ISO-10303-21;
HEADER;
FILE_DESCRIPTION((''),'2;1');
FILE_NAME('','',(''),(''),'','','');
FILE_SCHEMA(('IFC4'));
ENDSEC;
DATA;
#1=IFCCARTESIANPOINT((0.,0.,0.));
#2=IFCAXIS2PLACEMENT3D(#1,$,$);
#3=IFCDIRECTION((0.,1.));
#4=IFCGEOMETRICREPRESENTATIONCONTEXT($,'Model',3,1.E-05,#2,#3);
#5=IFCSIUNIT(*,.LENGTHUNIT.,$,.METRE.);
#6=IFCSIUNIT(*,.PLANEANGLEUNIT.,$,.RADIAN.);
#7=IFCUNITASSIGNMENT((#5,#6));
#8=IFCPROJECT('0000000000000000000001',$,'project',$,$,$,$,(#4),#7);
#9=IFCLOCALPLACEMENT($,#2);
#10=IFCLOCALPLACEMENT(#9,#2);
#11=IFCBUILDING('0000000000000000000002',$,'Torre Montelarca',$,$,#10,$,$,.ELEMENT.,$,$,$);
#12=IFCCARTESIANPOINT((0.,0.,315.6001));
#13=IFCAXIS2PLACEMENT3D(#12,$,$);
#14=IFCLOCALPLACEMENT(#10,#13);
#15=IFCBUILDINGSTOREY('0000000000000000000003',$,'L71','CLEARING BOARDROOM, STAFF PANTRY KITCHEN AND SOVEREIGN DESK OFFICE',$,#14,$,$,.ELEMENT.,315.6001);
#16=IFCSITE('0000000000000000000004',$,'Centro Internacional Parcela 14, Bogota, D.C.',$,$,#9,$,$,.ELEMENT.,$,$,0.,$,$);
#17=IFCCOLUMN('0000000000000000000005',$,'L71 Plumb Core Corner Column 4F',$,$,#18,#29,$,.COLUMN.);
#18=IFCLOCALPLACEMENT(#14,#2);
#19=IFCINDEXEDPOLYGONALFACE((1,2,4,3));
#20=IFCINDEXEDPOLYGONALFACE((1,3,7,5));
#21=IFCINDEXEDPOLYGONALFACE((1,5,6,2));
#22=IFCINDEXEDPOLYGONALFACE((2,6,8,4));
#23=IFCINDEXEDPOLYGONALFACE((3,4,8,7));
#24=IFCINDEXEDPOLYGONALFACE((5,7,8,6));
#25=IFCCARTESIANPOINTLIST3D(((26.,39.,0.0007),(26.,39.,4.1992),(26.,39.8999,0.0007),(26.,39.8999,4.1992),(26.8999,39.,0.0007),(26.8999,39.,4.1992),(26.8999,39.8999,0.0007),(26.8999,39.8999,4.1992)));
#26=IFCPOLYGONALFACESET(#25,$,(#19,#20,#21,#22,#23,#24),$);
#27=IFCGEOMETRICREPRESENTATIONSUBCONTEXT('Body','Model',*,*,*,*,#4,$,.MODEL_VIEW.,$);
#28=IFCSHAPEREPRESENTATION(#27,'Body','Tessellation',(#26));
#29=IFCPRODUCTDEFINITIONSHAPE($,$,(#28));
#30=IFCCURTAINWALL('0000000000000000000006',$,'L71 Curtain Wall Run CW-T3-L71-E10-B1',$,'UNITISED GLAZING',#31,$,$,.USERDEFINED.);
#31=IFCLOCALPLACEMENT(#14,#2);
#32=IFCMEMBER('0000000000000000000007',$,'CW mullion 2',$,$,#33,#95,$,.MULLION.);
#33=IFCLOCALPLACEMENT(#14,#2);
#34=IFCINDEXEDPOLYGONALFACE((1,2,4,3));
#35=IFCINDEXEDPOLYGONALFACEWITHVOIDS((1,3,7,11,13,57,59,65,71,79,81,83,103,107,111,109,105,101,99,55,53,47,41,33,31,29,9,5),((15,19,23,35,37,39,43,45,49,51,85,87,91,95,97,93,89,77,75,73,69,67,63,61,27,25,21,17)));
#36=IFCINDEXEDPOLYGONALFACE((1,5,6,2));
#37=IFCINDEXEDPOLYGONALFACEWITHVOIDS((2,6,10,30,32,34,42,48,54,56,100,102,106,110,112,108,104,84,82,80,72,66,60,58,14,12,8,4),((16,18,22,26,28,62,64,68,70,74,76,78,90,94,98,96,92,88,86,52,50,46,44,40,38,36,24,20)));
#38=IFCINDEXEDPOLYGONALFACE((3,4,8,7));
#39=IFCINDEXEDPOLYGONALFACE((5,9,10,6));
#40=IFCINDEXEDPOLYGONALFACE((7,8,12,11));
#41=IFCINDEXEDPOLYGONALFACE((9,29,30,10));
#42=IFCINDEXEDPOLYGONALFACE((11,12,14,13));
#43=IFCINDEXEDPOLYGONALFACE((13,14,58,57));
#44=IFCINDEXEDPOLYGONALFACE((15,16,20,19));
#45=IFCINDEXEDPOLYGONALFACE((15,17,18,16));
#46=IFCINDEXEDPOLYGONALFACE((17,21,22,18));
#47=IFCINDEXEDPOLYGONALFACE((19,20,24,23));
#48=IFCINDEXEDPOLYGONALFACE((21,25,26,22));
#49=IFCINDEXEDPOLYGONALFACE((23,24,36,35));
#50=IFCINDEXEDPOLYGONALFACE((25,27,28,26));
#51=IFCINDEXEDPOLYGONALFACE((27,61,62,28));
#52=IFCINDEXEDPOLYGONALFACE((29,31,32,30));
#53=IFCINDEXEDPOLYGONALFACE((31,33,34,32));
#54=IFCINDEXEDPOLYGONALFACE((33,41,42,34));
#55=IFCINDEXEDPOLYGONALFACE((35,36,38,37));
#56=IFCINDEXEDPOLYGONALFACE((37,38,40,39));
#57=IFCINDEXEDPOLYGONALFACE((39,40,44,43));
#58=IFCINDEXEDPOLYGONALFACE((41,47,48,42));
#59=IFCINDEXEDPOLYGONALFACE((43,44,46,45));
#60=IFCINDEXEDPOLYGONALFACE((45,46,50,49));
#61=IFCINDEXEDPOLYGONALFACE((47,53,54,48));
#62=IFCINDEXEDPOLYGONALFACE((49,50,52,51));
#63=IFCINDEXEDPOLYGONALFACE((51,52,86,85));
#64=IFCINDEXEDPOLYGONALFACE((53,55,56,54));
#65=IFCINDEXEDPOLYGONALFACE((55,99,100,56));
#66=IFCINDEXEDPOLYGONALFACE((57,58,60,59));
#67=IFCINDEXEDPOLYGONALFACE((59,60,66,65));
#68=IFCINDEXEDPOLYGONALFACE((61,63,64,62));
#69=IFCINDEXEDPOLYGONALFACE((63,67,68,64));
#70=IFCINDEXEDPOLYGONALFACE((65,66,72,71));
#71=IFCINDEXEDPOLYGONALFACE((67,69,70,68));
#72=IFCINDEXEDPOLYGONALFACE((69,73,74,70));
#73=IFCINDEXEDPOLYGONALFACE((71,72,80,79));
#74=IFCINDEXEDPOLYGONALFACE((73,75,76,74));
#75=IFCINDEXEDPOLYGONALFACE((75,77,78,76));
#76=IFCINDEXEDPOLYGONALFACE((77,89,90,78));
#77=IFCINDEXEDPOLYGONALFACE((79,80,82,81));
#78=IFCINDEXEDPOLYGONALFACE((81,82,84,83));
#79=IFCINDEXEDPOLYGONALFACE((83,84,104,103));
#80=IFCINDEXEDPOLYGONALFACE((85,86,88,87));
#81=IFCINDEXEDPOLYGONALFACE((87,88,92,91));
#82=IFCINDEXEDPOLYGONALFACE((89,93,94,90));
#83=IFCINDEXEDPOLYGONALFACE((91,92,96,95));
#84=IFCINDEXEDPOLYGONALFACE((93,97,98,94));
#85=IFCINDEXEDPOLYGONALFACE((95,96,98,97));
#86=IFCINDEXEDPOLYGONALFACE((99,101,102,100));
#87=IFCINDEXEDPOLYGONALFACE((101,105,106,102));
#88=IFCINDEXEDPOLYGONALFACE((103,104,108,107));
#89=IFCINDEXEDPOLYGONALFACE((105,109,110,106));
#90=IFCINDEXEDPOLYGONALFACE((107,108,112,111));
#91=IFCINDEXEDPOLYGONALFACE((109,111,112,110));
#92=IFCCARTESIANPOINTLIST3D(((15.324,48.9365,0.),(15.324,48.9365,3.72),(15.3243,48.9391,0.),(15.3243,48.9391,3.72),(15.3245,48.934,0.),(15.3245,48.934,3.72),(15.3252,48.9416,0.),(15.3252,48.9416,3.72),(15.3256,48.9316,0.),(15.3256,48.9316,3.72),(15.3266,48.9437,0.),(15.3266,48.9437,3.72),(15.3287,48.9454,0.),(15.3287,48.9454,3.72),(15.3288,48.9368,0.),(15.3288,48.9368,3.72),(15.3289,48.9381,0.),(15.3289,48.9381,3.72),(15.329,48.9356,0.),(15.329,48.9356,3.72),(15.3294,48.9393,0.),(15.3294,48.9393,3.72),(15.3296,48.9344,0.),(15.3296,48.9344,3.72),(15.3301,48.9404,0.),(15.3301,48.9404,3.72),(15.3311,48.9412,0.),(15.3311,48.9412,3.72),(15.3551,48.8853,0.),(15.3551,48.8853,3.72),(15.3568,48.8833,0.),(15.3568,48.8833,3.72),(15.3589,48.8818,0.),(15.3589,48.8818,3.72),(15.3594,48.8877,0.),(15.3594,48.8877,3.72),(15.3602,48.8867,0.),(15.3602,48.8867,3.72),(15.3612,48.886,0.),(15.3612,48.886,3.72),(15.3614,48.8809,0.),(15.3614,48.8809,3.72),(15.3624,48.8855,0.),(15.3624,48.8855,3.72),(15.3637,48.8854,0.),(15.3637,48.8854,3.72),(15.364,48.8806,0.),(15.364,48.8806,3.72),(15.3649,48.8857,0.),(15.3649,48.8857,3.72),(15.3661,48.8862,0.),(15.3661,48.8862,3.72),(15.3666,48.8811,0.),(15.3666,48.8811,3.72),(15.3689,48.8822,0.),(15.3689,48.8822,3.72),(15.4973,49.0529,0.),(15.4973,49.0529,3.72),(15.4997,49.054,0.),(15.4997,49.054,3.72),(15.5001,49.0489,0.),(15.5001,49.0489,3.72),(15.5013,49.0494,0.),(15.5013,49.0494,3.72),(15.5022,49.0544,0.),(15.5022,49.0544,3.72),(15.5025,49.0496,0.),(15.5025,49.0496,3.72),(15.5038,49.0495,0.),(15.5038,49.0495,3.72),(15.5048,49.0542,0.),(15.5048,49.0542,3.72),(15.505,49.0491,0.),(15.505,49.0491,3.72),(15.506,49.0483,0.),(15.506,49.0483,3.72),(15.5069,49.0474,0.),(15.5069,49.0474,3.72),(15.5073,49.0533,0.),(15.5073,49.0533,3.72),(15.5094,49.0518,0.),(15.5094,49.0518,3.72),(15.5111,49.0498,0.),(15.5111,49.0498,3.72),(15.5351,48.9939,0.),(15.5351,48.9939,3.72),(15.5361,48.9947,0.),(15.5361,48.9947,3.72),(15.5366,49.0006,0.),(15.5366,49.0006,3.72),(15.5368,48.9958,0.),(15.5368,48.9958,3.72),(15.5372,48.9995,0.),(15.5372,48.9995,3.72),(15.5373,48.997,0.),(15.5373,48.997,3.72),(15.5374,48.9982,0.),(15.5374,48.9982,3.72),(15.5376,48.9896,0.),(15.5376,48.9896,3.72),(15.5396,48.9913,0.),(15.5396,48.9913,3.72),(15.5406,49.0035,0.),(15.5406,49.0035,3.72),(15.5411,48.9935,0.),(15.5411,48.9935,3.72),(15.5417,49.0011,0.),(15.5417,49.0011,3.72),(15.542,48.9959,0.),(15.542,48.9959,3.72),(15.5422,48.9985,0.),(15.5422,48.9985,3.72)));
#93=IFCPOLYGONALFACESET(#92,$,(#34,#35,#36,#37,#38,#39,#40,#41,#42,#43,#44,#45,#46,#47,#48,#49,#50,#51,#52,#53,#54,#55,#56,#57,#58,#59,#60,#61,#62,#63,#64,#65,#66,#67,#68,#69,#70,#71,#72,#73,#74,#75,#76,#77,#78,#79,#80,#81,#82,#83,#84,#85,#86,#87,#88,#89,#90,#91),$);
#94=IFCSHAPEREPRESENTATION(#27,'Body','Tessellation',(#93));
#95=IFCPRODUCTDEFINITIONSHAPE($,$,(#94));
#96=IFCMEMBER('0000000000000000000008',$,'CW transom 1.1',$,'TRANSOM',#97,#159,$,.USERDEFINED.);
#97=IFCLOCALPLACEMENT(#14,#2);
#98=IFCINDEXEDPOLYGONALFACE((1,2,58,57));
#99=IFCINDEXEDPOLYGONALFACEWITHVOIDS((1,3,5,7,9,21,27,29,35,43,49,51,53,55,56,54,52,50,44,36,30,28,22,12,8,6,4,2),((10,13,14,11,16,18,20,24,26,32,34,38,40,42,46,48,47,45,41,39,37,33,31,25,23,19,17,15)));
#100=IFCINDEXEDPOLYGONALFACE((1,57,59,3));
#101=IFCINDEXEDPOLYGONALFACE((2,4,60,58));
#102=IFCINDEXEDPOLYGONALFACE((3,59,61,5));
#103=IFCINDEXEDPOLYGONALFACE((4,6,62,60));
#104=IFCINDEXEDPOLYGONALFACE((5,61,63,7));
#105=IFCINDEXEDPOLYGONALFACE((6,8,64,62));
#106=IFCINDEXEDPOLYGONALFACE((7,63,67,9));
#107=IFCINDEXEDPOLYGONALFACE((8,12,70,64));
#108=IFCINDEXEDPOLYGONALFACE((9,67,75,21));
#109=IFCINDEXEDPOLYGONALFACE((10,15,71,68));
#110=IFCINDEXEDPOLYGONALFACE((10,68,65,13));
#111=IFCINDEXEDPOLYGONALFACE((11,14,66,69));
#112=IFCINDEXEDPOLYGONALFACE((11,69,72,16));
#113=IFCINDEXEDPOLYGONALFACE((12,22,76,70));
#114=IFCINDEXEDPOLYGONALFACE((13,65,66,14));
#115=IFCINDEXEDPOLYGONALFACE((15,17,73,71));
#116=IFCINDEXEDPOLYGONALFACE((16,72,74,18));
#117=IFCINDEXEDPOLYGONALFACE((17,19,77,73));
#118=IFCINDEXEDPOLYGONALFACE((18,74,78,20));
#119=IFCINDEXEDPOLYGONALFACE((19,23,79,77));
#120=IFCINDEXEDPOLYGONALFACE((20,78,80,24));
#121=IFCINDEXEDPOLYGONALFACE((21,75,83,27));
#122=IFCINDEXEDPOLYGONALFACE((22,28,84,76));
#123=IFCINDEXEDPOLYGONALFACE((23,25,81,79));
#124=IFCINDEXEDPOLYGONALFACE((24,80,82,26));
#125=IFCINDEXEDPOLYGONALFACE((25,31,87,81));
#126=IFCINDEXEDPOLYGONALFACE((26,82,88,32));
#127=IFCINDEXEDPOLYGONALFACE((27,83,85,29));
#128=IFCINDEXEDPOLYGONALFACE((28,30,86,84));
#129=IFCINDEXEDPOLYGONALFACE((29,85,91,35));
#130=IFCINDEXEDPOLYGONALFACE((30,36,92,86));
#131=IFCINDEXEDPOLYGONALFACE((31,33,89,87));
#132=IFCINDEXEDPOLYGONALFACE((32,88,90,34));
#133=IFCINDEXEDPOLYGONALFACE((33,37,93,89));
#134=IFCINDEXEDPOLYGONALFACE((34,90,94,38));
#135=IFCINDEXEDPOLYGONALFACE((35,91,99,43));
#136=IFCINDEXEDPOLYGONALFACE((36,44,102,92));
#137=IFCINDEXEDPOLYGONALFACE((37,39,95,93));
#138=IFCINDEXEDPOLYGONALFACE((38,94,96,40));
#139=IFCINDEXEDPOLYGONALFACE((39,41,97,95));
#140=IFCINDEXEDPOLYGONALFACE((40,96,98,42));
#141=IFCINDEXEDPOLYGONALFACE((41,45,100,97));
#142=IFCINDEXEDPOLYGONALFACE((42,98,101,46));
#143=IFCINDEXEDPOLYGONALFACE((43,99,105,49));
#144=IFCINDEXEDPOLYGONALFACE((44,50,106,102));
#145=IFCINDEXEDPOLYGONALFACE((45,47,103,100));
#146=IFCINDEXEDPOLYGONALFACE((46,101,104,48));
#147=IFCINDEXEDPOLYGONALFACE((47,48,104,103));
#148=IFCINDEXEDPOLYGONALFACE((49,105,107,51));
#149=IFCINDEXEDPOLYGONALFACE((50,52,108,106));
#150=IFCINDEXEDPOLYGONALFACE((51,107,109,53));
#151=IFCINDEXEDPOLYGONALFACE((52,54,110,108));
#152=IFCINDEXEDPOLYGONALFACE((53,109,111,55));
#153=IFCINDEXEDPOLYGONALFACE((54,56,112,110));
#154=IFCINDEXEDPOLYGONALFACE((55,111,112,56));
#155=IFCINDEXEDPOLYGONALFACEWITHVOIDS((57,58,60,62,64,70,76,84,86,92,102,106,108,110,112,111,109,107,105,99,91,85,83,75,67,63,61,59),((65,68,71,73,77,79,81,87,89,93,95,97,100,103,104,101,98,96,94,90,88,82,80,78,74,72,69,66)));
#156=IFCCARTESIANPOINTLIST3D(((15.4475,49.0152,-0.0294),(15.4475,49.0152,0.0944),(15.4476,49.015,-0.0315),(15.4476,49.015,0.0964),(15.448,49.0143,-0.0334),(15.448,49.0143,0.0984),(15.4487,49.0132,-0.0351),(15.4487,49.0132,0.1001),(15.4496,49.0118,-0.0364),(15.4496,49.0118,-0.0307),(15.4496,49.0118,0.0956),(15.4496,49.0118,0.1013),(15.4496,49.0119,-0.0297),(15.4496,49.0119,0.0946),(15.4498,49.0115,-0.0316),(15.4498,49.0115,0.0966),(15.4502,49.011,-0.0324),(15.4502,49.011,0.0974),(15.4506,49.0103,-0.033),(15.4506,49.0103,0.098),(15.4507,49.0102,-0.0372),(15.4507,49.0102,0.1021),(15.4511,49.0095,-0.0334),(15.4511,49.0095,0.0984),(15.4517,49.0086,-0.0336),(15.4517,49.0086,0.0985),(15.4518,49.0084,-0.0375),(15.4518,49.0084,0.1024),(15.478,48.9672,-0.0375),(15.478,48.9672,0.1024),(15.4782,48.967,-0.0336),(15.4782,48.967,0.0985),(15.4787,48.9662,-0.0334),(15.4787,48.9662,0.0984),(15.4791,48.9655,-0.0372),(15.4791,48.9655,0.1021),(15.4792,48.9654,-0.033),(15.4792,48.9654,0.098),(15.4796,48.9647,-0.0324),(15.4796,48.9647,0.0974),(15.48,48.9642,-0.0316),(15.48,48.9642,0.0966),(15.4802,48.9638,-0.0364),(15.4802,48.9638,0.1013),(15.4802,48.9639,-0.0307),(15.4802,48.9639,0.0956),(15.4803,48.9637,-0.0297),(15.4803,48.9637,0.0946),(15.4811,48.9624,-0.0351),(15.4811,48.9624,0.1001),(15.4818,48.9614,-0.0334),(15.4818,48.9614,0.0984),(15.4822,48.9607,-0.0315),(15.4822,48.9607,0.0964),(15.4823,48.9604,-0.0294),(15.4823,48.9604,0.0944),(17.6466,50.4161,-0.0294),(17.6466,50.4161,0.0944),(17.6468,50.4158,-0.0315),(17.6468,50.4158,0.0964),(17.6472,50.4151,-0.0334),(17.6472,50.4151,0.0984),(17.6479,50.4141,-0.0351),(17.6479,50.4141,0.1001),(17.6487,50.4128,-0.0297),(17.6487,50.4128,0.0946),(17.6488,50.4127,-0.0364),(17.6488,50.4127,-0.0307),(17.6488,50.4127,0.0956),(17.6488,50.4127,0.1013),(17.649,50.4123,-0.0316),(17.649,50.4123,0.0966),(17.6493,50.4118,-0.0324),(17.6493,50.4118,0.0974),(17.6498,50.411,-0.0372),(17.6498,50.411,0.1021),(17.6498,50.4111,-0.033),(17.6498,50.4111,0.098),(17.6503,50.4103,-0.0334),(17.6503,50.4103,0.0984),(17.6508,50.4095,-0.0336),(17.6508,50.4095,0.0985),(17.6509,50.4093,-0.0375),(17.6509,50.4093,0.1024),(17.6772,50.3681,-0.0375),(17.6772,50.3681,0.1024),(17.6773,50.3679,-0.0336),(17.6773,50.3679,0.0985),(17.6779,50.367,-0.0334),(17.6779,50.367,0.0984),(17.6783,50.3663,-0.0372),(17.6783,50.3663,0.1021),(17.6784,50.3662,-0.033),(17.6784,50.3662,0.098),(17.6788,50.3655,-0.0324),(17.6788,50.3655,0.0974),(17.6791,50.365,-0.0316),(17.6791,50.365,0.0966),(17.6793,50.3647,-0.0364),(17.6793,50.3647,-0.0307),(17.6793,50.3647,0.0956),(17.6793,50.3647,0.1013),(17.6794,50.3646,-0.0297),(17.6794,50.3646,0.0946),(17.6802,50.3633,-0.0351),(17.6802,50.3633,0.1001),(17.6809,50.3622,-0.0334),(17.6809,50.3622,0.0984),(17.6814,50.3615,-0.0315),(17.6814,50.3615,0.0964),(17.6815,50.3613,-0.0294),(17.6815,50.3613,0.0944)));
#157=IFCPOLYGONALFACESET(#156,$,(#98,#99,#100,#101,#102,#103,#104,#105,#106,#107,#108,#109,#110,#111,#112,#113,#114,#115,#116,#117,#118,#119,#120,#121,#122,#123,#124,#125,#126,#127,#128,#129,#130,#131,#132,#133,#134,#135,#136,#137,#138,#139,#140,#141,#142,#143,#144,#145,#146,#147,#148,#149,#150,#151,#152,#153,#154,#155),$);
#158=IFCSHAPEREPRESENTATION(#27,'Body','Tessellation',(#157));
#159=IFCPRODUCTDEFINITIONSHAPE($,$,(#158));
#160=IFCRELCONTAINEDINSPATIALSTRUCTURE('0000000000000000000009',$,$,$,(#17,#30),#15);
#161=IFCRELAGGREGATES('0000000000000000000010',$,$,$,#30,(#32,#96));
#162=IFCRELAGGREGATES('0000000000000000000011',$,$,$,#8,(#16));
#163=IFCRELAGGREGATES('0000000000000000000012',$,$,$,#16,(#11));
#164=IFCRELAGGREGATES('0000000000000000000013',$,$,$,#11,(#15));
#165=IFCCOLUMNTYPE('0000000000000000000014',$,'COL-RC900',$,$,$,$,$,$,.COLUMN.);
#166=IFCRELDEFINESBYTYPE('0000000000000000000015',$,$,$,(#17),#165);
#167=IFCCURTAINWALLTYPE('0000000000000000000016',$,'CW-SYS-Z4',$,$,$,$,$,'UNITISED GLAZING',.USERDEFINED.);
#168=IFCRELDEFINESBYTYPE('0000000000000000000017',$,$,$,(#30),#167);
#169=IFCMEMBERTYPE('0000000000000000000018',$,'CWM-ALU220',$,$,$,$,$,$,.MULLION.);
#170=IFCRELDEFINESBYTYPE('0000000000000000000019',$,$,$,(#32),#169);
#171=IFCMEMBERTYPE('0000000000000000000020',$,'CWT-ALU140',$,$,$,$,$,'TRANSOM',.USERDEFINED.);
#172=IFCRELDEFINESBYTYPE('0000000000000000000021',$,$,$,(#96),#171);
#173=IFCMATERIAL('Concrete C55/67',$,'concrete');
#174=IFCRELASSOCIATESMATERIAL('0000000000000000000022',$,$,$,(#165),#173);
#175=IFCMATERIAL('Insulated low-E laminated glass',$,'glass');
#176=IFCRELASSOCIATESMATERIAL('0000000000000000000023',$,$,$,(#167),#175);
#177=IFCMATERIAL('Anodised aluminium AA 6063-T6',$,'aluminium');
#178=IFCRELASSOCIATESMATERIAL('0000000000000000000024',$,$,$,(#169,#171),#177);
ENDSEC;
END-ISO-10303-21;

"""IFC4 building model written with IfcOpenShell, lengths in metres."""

from ifc_helpers import new_model, si_unit, direction, frame, origin, origin_2d, place, context, subcontext, project, spatial, rectangle, hollow_rectangle, extrude, source, transform, mapped, material, material_profile, profile_set, type_object, element, aggregate, save


model = new_model("IFC4")

# Units and contexts
model_context = context("Model", 3, precision=1e-05, world=origin(), true_north=direction((0.0, 1.0)))
body_context = subcontext(model_context, "Body", "Model", "MODEL_VIEW")
ifc_project = project(units=[si_unit("LENGTHUNIT", "METRE"), si_unit("PLANEANGLEUNIT", "RADIAN")], contexts=[model_context])

# Site, building, storey
site_placement = place(None, origin())
site = spatial("IfcSite", under=ifc_project, at=site_placement, Name="Centro Internacional Parcela 14, Bogota, D.C.", CompositionType="ELEMENT", RefElevation=0.0)
building_placement = place(site_placement, origin())
building = spatial("IfcBuilding", under=site, at=building_placement, Name="Torre Montelarca", CompositionType="ELEMENT")
storey_placement = place(building_placement, frame((0.0, 0.0, 315.6001)))
storey = spatial("IfcBuildingStorey", under=building, at=storey_placement, Name="L71", Description="CLEARING BOARDROOM, STAFF PANTRY KITCHEN AND SOVEREIGN DESK OFFICE", CompositionType="ELEMENT", Elevation=315.6001)

# Column
ifc_material_1 = material(Name="Concrete C55/67", Category="concrete")
ifc_material_profile_1 = material_profile(ifc_material_1, rectangle(XDim=0.8999, YDim=0.8999, at=origin_2d()), Name="RC900X900", Category="concrete")
ifc_profile_set_1 = profile_set([ifc_material_profile_1], Name="Concrete C55/67")
column_type = type_object("IfcColumnType", Name="COL-RC900", PredefinedType="COLUMN", material=ifc_profile_set_1)
shared_shape_1 = source(origin(), body_context, "Body", "SweptSolid", [
    extrude(rectangle(XDim=0.8999, YDim=0.8999, at=origin_2d()), origin(), (0.0, 0.0, 1.0), 4.1985),
])
column_placement = place(storey_placement, frame((26.45, 39.45, 0.0007), z_axis=(0.0, 0.0, 1.0), x_axis=(1.0, 0.0, 0.0)))
element("IfcColumn", 1, at=column_placement, inside=storey, type_object=column_type, Name="L71 Plumb Core Corner Column 4F", PredefinedType="COLUMN", context=body_context, shape_type="MappedRepresentation", body=[
    mapped(shared_shape_1, transform((0.0, 0.0, 0.0), scale=1.0)),
])

# Curtain wall, members
ifc_material_2 = material(Name="Insulated low-E laminated glass", Category="glass")
curtain_wall_type = type_object("IfcCurtainWallType", Name="CW-SYS-Z4", ElementType="UNITISED GLAZING", PredefinedType="USERDEFINED", material=ifc_material_2)
curtain_wall_placement = place(storey_placement, origin())
curtain_wall = element("IfcCurtainWall", 2, at=curtain_wall_placement, inside=storey, type_object=curtain_wall_type, Name="L71 Curtain Wall Run CW-T3-L71-E10-B1", ObjectType="UNITISED GLAZING", PredefinedType="USERDEFINED")
ifc_material_3 = material(Name="Anodised aluminium AA 6063-T6", Category="aluminium")
ifc_material_profile_2 = material_profile(ifc_material_3, hollow_rectangle(XDim=0.075, YDim=0.22, WallThickness=0.0049, InnerFilletRadius=0.0049, OuterFilletRadius=0.01, at=origin_2d()), Name="ALU75X220X5", Category="aluminium")
ifc_profile_set_2 = profile_set([ifc_material_profile_2], Name="Anodised aluminium AA 6063-T6")
member_type_1 = type_object("IfcMemberType", Name="CWM-ALU220", PredefinedType="MULLION", material=ifc_profile_set_2)
shared_shape_2 = source(origin(), body_context, "Body", "SweptSolid", [
    extrude(hollow_rectangle(XDim=0.075, YDim=0.22, WallThickness=0.0049, InnerFilletRadius=0.0049, OuterFilletRadius=0.01, at=origin_2d()), origin(), (0.0, 0.0, 1.0), 3.72),
])
member_1_placement = place(storey_placement, frame((15.4331, 48.9675, 0.0), z_axis=(0.0, 0.0, 1.0), x_axis=(0.537302, -0.84339, 0.0)))
member_1 = element("IfcMember", 3, at=member_1_placement, type_object=member_type_1, Name="CW mullion 2", PredefinedType="MULLION", context=body_context, shape_type="MappedRepresentation", body=[
    mapped(shared_shape_2, transform((0.0, 0.0, 0.0), scale=1.0)),
])
ifc_material_profile_3 = material_profile(ifc_material_3, hollow_rectangle(XDim=0.0649, YDim=0.1399, WallThickness=0.0039, InnerFilletRadius=0.0039, OuterFilletRadius=0.0081, at=origin_2d()), Name="ALU65X140X4", Category="aluminium")
ifc_profile_set_3 = profile_set([ifc_material_profile_3], Name="Anodised aluminium AA 6063-T6")
member_type_2 = type_object("IfcMemberType", Name="CWT-ALU140", ElementType="TRANSOM", PredefinedType="USERDEFINED", material=ifc_profile_set_3)
shared_shape_3 = source(origin(), body_context, "Body", "SweptSolid", [
    extrude(hollow_rectangle(XDim=0.0649, YDim=0.1399, WallThickness=0.0039, InnerFilletRadius=0.0039, OuterFilletRadius=0.0081, at=origin_2d()), origin(), (0.0, 0.0, 1.0), 2.6074),
])
member_2_placement = place(storey_placement, frame((17.6641, 50.3887, 0.0325), z_axis=(-0.843422, -0.537251, 0.0), x_axis=(0.537251, -0.843422, 0.0)))
member_2 = element("IfcMember", 4, at=member_2_placement, type_object=member_type_2, Name="CW transom 1.1", ObjectType="TRANSOM", PredefinedType="USERDEFINED", context=body_context, shape_type="MappedRepresentation", body=[
    mapped(shared_shape_3, transform((0.0, 0.0, 0.0), scale=1.0)),
])
aggregate(curtain_wall, [member_1, member_2])

save(model, "model.ifc")
